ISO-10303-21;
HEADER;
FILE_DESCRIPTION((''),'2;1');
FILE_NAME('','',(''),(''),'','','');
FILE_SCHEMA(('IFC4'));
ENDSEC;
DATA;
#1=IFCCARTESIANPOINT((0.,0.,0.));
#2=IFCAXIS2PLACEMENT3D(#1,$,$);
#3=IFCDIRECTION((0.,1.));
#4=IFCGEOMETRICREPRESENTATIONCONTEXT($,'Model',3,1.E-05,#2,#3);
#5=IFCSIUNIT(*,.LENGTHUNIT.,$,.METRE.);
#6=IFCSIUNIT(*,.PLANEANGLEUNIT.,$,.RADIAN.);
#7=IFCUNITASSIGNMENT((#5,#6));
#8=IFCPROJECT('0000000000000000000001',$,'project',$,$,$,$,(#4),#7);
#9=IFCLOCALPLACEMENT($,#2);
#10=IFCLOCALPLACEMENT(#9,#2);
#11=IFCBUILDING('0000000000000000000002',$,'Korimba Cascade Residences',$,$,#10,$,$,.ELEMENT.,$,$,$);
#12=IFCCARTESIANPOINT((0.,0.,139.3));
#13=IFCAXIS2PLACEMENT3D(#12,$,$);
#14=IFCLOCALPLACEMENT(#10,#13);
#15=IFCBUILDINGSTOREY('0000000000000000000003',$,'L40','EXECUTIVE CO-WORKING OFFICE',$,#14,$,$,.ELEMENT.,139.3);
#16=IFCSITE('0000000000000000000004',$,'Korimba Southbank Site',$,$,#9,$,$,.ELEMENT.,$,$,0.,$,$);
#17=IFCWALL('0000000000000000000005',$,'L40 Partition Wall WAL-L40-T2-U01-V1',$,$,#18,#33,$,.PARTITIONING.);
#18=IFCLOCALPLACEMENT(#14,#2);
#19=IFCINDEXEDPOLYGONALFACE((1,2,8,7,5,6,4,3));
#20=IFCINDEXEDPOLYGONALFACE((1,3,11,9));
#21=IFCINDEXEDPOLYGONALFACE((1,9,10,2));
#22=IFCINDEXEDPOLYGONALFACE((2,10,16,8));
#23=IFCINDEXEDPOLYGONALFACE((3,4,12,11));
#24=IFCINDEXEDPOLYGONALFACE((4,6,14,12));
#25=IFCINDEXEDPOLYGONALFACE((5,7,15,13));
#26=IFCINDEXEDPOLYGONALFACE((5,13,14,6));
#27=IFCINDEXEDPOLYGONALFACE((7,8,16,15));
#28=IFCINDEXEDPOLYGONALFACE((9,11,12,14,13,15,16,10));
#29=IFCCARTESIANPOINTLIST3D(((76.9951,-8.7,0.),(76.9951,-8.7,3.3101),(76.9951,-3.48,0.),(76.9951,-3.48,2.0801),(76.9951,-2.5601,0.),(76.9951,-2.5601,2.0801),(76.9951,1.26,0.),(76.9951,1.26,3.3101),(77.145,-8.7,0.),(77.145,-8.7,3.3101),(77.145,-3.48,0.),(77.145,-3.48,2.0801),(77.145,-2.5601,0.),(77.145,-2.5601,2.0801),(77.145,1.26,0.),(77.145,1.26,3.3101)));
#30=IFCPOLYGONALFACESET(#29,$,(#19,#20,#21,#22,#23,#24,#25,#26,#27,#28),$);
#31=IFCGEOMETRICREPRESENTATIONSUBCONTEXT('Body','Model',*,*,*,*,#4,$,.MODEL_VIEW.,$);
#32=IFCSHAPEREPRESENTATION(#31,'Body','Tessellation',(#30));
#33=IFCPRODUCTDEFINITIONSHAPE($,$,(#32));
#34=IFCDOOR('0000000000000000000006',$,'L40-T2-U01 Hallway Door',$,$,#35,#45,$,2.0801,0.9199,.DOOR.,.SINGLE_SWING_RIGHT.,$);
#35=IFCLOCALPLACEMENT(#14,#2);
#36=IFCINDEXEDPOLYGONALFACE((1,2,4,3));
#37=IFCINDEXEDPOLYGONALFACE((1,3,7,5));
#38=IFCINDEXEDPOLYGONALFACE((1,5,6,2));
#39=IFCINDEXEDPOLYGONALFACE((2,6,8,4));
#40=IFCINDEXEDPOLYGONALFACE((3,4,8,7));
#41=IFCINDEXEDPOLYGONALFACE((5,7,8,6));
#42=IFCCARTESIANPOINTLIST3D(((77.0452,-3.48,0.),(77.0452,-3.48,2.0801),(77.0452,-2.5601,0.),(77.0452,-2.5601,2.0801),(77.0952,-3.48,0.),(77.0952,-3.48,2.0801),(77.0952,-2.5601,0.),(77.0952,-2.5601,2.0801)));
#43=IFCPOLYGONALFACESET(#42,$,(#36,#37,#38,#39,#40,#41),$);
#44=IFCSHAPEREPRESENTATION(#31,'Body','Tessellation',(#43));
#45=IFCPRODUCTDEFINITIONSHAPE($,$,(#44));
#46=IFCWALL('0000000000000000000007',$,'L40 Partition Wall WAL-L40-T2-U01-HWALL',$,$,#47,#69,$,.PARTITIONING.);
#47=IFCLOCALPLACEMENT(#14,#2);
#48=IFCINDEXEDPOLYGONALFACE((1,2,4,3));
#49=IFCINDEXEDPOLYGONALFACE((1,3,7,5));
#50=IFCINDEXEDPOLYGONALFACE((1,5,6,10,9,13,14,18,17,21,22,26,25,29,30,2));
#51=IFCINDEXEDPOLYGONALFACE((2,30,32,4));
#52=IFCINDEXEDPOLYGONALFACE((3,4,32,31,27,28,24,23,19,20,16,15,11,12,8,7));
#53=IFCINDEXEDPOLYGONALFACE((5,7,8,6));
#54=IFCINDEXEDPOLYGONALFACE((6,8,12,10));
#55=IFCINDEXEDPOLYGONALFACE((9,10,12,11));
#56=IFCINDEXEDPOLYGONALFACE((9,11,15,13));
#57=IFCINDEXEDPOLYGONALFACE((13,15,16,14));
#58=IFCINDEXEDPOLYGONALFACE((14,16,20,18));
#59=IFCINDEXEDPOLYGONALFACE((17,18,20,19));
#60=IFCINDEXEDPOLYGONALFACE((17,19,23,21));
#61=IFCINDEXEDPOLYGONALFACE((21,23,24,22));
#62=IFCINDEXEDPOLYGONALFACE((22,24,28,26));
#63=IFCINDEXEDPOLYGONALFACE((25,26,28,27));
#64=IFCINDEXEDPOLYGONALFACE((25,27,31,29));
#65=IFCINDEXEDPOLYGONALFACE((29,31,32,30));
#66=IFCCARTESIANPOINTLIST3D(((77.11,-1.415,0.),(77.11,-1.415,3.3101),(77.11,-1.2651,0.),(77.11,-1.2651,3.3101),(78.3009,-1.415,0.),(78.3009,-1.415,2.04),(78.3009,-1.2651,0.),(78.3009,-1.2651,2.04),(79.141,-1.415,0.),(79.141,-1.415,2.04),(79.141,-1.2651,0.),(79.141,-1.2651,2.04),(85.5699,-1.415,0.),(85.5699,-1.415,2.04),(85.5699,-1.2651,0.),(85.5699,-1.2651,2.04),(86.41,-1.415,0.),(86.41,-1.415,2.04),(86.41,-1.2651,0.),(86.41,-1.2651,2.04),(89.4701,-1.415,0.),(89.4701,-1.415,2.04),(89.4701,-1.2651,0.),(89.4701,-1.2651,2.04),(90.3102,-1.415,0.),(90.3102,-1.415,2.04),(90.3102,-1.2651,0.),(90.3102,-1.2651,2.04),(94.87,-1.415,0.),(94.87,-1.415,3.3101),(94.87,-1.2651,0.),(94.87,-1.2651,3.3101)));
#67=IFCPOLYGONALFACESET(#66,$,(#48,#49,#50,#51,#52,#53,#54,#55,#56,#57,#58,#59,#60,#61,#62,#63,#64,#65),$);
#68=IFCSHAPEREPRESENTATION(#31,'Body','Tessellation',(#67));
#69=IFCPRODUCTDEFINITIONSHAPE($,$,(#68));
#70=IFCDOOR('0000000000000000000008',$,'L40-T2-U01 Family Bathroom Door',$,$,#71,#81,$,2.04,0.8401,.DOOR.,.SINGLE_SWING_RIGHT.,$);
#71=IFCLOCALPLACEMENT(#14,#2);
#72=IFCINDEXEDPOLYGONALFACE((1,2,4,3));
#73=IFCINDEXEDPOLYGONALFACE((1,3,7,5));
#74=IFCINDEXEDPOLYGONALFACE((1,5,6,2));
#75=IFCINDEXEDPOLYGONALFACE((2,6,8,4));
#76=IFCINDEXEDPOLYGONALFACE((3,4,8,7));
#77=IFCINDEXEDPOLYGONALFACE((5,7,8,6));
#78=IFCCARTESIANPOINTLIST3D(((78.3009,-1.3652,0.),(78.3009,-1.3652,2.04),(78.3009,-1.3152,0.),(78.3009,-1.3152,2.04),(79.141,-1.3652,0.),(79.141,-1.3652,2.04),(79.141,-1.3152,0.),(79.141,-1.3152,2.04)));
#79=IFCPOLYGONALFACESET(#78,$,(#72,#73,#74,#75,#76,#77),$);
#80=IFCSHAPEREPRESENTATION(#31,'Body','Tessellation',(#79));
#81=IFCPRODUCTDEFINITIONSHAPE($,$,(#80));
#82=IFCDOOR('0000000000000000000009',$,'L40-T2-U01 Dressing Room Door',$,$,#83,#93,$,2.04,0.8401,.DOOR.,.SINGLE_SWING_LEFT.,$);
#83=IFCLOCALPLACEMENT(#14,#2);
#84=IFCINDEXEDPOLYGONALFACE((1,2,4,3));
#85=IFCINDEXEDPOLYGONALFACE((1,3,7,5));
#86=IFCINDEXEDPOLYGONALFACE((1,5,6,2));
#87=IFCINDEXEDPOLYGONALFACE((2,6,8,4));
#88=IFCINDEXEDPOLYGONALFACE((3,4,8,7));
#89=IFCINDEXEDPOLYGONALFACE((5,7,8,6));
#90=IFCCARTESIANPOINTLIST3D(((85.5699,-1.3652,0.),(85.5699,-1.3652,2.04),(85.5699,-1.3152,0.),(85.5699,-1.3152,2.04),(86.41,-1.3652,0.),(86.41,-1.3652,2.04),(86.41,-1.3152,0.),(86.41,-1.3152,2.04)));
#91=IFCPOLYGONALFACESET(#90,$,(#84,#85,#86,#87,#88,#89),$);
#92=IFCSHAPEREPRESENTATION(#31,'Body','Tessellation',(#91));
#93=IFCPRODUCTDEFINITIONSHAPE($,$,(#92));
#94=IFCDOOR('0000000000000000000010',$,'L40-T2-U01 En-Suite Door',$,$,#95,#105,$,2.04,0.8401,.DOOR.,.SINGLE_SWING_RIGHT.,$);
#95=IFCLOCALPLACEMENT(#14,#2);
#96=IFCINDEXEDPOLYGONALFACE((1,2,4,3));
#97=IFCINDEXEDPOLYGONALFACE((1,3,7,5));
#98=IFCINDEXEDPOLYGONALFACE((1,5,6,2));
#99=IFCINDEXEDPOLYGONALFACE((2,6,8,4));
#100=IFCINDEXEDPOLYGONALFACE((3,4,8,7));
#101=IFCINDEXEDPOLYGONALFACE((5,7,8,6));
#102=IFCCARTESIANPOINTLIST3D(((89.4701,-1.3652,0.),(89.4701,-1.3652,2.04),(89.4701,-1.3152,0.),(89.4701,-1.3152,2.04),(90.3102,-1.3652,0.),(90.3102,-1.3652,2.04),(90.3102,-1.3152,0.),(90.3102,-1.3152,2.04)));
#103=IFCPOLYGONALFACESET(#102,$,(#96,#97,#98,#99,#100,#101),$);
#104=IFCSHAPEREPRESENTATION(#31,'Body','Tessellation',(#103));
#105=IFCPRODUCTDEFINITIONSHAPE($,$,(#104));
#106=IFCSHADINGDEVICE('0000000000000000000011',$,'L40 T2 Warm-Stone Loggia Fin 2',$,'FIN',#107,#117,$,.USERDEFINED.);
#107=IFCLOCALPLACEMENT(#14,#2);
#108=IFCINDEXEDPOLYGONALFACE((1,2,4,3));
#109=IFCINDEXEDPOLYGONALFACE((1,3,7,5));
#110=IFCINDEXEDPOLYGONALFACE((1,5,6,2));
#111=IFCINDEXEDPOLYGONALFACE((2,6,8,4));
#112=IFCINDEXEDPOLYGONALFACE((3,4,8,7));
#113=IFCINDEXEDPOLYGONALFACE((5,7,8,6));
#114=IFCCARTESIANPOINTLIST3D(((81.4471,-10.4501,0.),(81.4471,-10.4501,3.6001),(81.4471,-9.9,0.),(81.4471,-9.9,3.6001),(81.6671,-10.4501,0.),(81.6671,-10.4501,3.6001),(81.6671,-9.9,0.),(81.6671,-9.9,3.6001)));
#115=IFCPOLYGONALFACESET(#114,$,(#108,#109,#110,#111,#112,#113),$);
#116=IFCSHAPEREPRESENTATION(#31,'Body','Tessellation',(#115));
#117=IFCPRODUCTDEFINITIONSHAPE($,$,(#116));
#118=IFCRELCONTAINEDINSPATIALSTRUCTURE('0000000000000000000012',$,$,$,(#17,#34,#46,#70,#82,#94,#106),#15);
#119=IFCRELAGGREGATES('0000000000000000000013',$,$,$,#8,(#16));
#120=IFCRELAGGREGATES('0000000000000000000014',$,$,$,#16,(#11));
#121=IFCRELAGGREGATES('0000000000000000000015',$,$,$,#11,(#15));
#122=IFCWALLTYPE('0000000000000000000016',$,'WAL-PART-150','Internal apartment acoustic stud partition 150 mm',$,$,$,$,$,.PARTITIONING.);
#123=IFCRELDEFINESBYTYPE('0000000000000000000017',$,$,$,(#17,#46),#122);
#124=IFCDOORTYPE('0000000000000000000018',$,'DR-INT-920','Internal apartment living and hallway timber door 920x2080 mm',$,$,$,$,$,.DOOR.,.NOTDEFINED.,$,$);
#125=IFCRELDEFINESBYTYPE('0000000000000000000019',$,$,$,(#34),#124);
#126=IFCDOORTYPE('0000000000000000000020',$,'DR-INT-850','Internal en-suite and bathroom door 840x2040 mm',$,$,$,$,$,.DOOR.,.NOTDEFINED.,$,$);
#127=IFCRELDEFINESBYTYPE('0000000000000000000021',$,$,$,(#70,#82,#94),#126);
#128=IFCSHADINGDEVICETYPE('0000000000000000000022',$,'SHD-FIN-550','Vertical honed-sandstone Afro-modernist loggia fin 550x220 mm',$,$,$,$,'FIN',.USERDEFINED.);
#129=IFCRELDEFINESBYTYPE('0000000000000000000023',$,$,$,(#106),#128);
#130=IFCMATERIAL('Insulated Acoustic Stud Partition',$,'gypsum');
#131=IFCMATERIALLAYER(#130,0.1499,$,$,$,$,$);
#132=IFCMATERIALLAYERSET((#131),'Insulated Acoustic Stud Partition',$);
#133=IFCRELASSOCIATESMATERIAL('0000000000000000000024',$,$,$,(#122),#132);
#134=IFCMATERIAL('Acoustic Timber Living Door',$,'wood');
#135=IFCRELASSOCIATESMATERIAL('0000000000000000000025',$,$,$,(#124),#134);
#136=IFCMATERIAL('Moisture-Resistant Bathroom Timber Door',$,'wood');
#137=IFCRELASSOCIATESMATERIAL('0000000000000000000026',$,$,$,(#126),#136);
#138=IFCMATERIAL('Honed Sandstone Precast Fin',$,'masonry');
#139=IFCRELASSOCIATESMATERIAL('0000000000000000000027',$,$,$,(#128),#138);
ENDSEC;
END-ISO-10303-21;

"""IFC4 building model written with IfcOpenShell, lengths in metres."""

from ifc_helpers import new_model, si_unit, direction, frame, frame_2d, origin, origin_2d, place, context, subcontext, project, spatial, rectangle, extrude, material, layer, layer_set, type_object, element, fill, save


model = new_model("IFC4")

# Units and contexts
model_context = context("Model", 3, precision=1e-05, world=origin(), true_north=direction((0.0, 1.0)))
body_context = subcontext(model_context, "Body", "Model", "MODEL_VIEW")
ifc_project = project(units=[si_unit("LENGTHUNIT", "METRE"), si_unit("PLANEANGLEUNIT", "RADIAN")], contexts=[model_context])

# Site, building, storey
site_placement = place(None, origin())
site = spatial("IfcSite", under=ifc_project, at=site_placement, Name="Korimba Southbank Site", CompositionType="ELEMENT", RefElevation=0.0)
building_placement = place(site_placement, origin())
building = spatial("IfcBuilding", under=site, at=building_placement, Name="Korimba Cascade Residences", CompositionType="ELEMENT")
storey_placement = place(building_placement, frame((0.0, 0.0, 139.3)))
storey = spatial("IfcBuildingStorey", under=building, at=storey_placement, Name="L40", Description="EXECUTIVE CO-WORKING OFFICE", CompositionType="ELEMENT", Elevation=139.3)

# Shared definitions
ifc_material_1 = material(Name="Insulated Acoustic Stud Partition", Category="gypsum")
ifc_layer_1 = layer(ifc_material_1, 0.1499)
ifc_layer_set_1 = layer_set([ifc_layer_1], Name="Insulated Acoustic Stud Partition")
wall_type_1 = type_object("IfcWallType", Name="WAL-PART-150", Description="Internal apartment acoustic stud partition 150 mm", PredefinedType="PARTITIONING", material=ifc_layer_set_1)

# Wall, opening, door
wall_1_placement = place(storey_placement, frame((77.0701, -8.7, 0.0), z_axis=(0.0, 0.0, 1.0), x_axis=(0.0, 1.0, 0.0)))
wall_1 = element("IfcWall", 1, at=wall_1_placement, inside=storey, type_object=wall_type_1, Name="L40 Partition Wall WAL-L40-T2-U01-V1", PredefinedType="PARTITIONING", context=body_context, shape_type="SweptSolid", body=[
    extrude(rectangle(XDim=9.96, YDim=0.1499, at=frame_2d((4.98, 0.0))), origin(), (0.0, 0.0, 1.0), 3.3101),
])
opening_1_placement = place(wall_1_placement, frame((5.22, 0.0, 0.0)))
opening_1 = element("IfcOpeningElement", 2, at=opening_1_placement, cuts=wall_1, PredefinedType="OPENING", context=body_context, shape_type="SweptSolid", body=[
    extrude(rectangle(XDim=0.9199, YDim=2.0801, at=frame_2d((0.46, 1.04))), frame((0.0, 0.085, 0.0), z_axis=(0.0, -1.0, 0.0), x_axis=(1.0, 0.0, 0.0)), (0.0, 0.0, 1.0), 0.1699),
])
ifc_material_2 = material(Name="Acoustic Timber Living Door", Category="wood")
door_type_1 = type_object("IfcDoorType", Name="DR-INT-920", Description="Internal apartment living and hallway timber door 920x2080 mm", OperationType="NOTDEFINED", PredefinedType="DOOR", material=ifc_material_2)
door_1_placement = place(opening_1_placement, origin())
door_1 = element("IfcDoor", 3, at=door_1_placement, inside=storey, type_object=door_type_1, Name="L40-T2-U01 Hallway Door", OperationType="SINGLE_SWING_RIGHT", OverallHeight=2.0801, OverallWidth=0.9199, PredefinedType="DOOR", context=body_context, shape_type="SweptSolid", body=[
    extrude(rectangle(XDim=0.9199, YDim=2.0801, at=frame_2d((0.46, 1.04))), frame((0.0, 0.0249, 0.0), z_axis=(0.0, -1.0, 0.0), x_axis=(1.0, 0.0, 0.0)), (0.0, 0.0, 1.0), 0.05),
])
fill(opening_1, door_1)

# Wall, openings, doors
wall_2_placement = place(storey_placement, frame((77.1101, -1.3401, 0.0), z_axis=(0.0, 0.0, 1.0), x_axis=(1.0, 0.0, 0.0)))
wall_2 = element("IfcWall", 4, at=wall_2_placement, inside=storey, type_object=wall_type_1, Name="L40 Partition Wall WAL-L40-T2-U01-HWALL", PredefinedType="PARTITIONING", context=body_context, shape_type="SweptSolid", body=[
    extrude(rectangle(XDim=17.76, YDim=0.1499, at=frame_2d((8.8799, 0.0))), origin(), (0.0, 0.0, 1.0), 3.3101),
])
opening_2_placement = place(wall_2_placement, frame((1.1909, 0.0, 0.0)))
opening_2 = element("IfcOpeningElement", 5, at=opening_2_placement, cuts=wall_2, PredefinedType="OPENING", context=body_context, shape_type="SweptSolid", body=[
    extrude(rectangle(XDim=0.8401, YDim=2.04, at=frame_2d((0.4199, 1.02))), frame((0.0, 0.085, 0.0), z_axis=(0.0, -1.0, 0.0), x_axis=(1.0, 0.0, 0.0)), (0.0, 0.0, 1.0), 0.1699),
])
opening_3_placement = place(wall_2_placement, frame((8.46, 0.0, 0.0)))
opening_3 = element("IfcOpeningElement", 6, at=opening_3_placement, cuts=wall_2, PredefinedType="OPENING", context=body_context, shape_type="SweptSolid", body=[
    extrude(rectangle(XDim=0.8401, YDim=2.04, at=frame_2d((0.4199, 1.02))), frame((0.0, 0.085, 0.0), z_axis=(0.0, -1.0, 0.0), x_axis=(1.0, 0.0, 0.0)), (0.0, 0.0, 1.0), 0.1699),
])
opening_4_placement = place(wall_2_placement, frame((12.3601, 0.0, 0.0)))
opening_4 = element("IfcOpeningElement", 7, at=opening_4_placement, cuts=wall_2, PredefinedType="OPENING", context=body_context, shape_type="SweptSolid", body=[
    extrude(rectangle(XDim=0.8401, YDim=2.04, at=frame_2d((0.4199, 1.02))), frame((0.0, 0.085, 0.0), z_axis=(0.0, -1.0, 0.0), x_axis=(1.0, 0.0, 0.0)), (0.0, 0.0, 1.0), 0.1699),
])
ifc_material_3 = material(Name="Moisture-Resistant Bathroom Timber Door", Category="wood")
door_type_2 = type_object("IfcDoorType", Name="DR-INT-850", Description="Internal en-suite and bathroom door 840x2040 mm", OperationType="NOTDEFINED", PredefinedType="DOOR", material=ifc_material_3)
door_2_placement = place(opening_2_placement, origin())
door_2 = element("IfcDoor", 8, at=door_2_placement, inside=storey, type_object=door_type_2, Name="L40-T2-U01 Family Bathroom Door", OperationType="SINGLE_SWING_RIGHT", OverallHeight=2.04, OverallWidth=0.8401, PredefinedType="DOOR", context=body_context, shape_type="SweptSolid", body=[
    extrude(rectangle(XDim=0.8401, YDim=2.04, at=frame_2d((0.4199, 1.02))), frame((0.0, 0.0249, 0.0), z_axis=(0.0, -1.0, 0.0), x_axis=(1.0, 0.0, 0.0)), (0.0, 0.0, 1.0), 0.05),
])
fill(opening_2, door_2)
door_3_placement = place(opening_3_placement, origin())
door_3 = element("IfcDoor", 9, at=door_3_placement, inside=storey, type_object=door_type_2, Name="L40-T2-U01 Dressing Room Door", OperationType="SINGLE_SWING_LEFT", OverallHeight=2.04, OverallWidth=0.8401, PredefinedType="DOOR", context=body_context, shape_type="SweptSolid", body=[
    extrude(rectangle(XDim=0.8401, YDim=2.04, at=frame_2d((0.4199, 1.02))), frame((0.0, 0.0249, 0.0), z_axis=(0.0, -1.0, 0.0), x_axis=(1.0, 0.0, 0.0)), (0.0, 0.0, 1.0), 0.05),
])
fill(opening_3, door_3)
door_4_placement = place(opening_4_placement, origin())
door_4 = element("IfcDoor", 10, at=door_4_placement, inside=storey, type_object=door_type_2, Name="L40-T2-U01 En-Suite Door", OperationType="SINGLE_SWING_RIGHT", OverallHeight=2.04, OverallWidth=0.8401, PredefinedType="DOOR", context=body_context, shape_type="SweptSolid", body=[
    extrude(rectangle(XDim=0.8401, YDim=2.04, at=frame_2d((0.4199, 1.02))), frame((0.0, 0.0249, 0.0), z_axis=(0.0, -1.0, 0.0), x_axis=(1.0, 0.0, 0.0)), (0.0, 0.0, 1.0), 0.05),
])
fill(opening_4, door_4)

# Shading device
ifc_material_4 = material(Name="Honed Sandstone Precast Fin", Category="masonry")
shading_device_type = type_object("IfcShadingDeviceType", Name="SHD-FIN-550", Description="Vertical honed-sandstone Afro-modernist loggia fin 550x220 mm", ElementType="FIN", PredefinedType="USERDEFINED", material=ifc_material_4)
shading_device_placement = place(storey_placement, frame((81.5571, -10.175, 0.0), z_axis=(0.0, 0.0, 1.0), x_axis=(1.0, 0.0, 0.0)))
element("IfcShadingDevice", 11, at=shading_device_placement, inside=storey, type_object=shading_device_type, Name="L40 T2 Warm-Stone Loggia Fin 2", ObjectType="FIN", PredefinedType="USERDEFINED", context=body_context, shape_type="SweptSolid", body=[
    extrude(rectangle(XDim=0.22, YDim=0.55, at=origin_2d()), origin(), (0.0, 0.0, 1.0), 3.6001),
])

save(model, "model.ifc")
